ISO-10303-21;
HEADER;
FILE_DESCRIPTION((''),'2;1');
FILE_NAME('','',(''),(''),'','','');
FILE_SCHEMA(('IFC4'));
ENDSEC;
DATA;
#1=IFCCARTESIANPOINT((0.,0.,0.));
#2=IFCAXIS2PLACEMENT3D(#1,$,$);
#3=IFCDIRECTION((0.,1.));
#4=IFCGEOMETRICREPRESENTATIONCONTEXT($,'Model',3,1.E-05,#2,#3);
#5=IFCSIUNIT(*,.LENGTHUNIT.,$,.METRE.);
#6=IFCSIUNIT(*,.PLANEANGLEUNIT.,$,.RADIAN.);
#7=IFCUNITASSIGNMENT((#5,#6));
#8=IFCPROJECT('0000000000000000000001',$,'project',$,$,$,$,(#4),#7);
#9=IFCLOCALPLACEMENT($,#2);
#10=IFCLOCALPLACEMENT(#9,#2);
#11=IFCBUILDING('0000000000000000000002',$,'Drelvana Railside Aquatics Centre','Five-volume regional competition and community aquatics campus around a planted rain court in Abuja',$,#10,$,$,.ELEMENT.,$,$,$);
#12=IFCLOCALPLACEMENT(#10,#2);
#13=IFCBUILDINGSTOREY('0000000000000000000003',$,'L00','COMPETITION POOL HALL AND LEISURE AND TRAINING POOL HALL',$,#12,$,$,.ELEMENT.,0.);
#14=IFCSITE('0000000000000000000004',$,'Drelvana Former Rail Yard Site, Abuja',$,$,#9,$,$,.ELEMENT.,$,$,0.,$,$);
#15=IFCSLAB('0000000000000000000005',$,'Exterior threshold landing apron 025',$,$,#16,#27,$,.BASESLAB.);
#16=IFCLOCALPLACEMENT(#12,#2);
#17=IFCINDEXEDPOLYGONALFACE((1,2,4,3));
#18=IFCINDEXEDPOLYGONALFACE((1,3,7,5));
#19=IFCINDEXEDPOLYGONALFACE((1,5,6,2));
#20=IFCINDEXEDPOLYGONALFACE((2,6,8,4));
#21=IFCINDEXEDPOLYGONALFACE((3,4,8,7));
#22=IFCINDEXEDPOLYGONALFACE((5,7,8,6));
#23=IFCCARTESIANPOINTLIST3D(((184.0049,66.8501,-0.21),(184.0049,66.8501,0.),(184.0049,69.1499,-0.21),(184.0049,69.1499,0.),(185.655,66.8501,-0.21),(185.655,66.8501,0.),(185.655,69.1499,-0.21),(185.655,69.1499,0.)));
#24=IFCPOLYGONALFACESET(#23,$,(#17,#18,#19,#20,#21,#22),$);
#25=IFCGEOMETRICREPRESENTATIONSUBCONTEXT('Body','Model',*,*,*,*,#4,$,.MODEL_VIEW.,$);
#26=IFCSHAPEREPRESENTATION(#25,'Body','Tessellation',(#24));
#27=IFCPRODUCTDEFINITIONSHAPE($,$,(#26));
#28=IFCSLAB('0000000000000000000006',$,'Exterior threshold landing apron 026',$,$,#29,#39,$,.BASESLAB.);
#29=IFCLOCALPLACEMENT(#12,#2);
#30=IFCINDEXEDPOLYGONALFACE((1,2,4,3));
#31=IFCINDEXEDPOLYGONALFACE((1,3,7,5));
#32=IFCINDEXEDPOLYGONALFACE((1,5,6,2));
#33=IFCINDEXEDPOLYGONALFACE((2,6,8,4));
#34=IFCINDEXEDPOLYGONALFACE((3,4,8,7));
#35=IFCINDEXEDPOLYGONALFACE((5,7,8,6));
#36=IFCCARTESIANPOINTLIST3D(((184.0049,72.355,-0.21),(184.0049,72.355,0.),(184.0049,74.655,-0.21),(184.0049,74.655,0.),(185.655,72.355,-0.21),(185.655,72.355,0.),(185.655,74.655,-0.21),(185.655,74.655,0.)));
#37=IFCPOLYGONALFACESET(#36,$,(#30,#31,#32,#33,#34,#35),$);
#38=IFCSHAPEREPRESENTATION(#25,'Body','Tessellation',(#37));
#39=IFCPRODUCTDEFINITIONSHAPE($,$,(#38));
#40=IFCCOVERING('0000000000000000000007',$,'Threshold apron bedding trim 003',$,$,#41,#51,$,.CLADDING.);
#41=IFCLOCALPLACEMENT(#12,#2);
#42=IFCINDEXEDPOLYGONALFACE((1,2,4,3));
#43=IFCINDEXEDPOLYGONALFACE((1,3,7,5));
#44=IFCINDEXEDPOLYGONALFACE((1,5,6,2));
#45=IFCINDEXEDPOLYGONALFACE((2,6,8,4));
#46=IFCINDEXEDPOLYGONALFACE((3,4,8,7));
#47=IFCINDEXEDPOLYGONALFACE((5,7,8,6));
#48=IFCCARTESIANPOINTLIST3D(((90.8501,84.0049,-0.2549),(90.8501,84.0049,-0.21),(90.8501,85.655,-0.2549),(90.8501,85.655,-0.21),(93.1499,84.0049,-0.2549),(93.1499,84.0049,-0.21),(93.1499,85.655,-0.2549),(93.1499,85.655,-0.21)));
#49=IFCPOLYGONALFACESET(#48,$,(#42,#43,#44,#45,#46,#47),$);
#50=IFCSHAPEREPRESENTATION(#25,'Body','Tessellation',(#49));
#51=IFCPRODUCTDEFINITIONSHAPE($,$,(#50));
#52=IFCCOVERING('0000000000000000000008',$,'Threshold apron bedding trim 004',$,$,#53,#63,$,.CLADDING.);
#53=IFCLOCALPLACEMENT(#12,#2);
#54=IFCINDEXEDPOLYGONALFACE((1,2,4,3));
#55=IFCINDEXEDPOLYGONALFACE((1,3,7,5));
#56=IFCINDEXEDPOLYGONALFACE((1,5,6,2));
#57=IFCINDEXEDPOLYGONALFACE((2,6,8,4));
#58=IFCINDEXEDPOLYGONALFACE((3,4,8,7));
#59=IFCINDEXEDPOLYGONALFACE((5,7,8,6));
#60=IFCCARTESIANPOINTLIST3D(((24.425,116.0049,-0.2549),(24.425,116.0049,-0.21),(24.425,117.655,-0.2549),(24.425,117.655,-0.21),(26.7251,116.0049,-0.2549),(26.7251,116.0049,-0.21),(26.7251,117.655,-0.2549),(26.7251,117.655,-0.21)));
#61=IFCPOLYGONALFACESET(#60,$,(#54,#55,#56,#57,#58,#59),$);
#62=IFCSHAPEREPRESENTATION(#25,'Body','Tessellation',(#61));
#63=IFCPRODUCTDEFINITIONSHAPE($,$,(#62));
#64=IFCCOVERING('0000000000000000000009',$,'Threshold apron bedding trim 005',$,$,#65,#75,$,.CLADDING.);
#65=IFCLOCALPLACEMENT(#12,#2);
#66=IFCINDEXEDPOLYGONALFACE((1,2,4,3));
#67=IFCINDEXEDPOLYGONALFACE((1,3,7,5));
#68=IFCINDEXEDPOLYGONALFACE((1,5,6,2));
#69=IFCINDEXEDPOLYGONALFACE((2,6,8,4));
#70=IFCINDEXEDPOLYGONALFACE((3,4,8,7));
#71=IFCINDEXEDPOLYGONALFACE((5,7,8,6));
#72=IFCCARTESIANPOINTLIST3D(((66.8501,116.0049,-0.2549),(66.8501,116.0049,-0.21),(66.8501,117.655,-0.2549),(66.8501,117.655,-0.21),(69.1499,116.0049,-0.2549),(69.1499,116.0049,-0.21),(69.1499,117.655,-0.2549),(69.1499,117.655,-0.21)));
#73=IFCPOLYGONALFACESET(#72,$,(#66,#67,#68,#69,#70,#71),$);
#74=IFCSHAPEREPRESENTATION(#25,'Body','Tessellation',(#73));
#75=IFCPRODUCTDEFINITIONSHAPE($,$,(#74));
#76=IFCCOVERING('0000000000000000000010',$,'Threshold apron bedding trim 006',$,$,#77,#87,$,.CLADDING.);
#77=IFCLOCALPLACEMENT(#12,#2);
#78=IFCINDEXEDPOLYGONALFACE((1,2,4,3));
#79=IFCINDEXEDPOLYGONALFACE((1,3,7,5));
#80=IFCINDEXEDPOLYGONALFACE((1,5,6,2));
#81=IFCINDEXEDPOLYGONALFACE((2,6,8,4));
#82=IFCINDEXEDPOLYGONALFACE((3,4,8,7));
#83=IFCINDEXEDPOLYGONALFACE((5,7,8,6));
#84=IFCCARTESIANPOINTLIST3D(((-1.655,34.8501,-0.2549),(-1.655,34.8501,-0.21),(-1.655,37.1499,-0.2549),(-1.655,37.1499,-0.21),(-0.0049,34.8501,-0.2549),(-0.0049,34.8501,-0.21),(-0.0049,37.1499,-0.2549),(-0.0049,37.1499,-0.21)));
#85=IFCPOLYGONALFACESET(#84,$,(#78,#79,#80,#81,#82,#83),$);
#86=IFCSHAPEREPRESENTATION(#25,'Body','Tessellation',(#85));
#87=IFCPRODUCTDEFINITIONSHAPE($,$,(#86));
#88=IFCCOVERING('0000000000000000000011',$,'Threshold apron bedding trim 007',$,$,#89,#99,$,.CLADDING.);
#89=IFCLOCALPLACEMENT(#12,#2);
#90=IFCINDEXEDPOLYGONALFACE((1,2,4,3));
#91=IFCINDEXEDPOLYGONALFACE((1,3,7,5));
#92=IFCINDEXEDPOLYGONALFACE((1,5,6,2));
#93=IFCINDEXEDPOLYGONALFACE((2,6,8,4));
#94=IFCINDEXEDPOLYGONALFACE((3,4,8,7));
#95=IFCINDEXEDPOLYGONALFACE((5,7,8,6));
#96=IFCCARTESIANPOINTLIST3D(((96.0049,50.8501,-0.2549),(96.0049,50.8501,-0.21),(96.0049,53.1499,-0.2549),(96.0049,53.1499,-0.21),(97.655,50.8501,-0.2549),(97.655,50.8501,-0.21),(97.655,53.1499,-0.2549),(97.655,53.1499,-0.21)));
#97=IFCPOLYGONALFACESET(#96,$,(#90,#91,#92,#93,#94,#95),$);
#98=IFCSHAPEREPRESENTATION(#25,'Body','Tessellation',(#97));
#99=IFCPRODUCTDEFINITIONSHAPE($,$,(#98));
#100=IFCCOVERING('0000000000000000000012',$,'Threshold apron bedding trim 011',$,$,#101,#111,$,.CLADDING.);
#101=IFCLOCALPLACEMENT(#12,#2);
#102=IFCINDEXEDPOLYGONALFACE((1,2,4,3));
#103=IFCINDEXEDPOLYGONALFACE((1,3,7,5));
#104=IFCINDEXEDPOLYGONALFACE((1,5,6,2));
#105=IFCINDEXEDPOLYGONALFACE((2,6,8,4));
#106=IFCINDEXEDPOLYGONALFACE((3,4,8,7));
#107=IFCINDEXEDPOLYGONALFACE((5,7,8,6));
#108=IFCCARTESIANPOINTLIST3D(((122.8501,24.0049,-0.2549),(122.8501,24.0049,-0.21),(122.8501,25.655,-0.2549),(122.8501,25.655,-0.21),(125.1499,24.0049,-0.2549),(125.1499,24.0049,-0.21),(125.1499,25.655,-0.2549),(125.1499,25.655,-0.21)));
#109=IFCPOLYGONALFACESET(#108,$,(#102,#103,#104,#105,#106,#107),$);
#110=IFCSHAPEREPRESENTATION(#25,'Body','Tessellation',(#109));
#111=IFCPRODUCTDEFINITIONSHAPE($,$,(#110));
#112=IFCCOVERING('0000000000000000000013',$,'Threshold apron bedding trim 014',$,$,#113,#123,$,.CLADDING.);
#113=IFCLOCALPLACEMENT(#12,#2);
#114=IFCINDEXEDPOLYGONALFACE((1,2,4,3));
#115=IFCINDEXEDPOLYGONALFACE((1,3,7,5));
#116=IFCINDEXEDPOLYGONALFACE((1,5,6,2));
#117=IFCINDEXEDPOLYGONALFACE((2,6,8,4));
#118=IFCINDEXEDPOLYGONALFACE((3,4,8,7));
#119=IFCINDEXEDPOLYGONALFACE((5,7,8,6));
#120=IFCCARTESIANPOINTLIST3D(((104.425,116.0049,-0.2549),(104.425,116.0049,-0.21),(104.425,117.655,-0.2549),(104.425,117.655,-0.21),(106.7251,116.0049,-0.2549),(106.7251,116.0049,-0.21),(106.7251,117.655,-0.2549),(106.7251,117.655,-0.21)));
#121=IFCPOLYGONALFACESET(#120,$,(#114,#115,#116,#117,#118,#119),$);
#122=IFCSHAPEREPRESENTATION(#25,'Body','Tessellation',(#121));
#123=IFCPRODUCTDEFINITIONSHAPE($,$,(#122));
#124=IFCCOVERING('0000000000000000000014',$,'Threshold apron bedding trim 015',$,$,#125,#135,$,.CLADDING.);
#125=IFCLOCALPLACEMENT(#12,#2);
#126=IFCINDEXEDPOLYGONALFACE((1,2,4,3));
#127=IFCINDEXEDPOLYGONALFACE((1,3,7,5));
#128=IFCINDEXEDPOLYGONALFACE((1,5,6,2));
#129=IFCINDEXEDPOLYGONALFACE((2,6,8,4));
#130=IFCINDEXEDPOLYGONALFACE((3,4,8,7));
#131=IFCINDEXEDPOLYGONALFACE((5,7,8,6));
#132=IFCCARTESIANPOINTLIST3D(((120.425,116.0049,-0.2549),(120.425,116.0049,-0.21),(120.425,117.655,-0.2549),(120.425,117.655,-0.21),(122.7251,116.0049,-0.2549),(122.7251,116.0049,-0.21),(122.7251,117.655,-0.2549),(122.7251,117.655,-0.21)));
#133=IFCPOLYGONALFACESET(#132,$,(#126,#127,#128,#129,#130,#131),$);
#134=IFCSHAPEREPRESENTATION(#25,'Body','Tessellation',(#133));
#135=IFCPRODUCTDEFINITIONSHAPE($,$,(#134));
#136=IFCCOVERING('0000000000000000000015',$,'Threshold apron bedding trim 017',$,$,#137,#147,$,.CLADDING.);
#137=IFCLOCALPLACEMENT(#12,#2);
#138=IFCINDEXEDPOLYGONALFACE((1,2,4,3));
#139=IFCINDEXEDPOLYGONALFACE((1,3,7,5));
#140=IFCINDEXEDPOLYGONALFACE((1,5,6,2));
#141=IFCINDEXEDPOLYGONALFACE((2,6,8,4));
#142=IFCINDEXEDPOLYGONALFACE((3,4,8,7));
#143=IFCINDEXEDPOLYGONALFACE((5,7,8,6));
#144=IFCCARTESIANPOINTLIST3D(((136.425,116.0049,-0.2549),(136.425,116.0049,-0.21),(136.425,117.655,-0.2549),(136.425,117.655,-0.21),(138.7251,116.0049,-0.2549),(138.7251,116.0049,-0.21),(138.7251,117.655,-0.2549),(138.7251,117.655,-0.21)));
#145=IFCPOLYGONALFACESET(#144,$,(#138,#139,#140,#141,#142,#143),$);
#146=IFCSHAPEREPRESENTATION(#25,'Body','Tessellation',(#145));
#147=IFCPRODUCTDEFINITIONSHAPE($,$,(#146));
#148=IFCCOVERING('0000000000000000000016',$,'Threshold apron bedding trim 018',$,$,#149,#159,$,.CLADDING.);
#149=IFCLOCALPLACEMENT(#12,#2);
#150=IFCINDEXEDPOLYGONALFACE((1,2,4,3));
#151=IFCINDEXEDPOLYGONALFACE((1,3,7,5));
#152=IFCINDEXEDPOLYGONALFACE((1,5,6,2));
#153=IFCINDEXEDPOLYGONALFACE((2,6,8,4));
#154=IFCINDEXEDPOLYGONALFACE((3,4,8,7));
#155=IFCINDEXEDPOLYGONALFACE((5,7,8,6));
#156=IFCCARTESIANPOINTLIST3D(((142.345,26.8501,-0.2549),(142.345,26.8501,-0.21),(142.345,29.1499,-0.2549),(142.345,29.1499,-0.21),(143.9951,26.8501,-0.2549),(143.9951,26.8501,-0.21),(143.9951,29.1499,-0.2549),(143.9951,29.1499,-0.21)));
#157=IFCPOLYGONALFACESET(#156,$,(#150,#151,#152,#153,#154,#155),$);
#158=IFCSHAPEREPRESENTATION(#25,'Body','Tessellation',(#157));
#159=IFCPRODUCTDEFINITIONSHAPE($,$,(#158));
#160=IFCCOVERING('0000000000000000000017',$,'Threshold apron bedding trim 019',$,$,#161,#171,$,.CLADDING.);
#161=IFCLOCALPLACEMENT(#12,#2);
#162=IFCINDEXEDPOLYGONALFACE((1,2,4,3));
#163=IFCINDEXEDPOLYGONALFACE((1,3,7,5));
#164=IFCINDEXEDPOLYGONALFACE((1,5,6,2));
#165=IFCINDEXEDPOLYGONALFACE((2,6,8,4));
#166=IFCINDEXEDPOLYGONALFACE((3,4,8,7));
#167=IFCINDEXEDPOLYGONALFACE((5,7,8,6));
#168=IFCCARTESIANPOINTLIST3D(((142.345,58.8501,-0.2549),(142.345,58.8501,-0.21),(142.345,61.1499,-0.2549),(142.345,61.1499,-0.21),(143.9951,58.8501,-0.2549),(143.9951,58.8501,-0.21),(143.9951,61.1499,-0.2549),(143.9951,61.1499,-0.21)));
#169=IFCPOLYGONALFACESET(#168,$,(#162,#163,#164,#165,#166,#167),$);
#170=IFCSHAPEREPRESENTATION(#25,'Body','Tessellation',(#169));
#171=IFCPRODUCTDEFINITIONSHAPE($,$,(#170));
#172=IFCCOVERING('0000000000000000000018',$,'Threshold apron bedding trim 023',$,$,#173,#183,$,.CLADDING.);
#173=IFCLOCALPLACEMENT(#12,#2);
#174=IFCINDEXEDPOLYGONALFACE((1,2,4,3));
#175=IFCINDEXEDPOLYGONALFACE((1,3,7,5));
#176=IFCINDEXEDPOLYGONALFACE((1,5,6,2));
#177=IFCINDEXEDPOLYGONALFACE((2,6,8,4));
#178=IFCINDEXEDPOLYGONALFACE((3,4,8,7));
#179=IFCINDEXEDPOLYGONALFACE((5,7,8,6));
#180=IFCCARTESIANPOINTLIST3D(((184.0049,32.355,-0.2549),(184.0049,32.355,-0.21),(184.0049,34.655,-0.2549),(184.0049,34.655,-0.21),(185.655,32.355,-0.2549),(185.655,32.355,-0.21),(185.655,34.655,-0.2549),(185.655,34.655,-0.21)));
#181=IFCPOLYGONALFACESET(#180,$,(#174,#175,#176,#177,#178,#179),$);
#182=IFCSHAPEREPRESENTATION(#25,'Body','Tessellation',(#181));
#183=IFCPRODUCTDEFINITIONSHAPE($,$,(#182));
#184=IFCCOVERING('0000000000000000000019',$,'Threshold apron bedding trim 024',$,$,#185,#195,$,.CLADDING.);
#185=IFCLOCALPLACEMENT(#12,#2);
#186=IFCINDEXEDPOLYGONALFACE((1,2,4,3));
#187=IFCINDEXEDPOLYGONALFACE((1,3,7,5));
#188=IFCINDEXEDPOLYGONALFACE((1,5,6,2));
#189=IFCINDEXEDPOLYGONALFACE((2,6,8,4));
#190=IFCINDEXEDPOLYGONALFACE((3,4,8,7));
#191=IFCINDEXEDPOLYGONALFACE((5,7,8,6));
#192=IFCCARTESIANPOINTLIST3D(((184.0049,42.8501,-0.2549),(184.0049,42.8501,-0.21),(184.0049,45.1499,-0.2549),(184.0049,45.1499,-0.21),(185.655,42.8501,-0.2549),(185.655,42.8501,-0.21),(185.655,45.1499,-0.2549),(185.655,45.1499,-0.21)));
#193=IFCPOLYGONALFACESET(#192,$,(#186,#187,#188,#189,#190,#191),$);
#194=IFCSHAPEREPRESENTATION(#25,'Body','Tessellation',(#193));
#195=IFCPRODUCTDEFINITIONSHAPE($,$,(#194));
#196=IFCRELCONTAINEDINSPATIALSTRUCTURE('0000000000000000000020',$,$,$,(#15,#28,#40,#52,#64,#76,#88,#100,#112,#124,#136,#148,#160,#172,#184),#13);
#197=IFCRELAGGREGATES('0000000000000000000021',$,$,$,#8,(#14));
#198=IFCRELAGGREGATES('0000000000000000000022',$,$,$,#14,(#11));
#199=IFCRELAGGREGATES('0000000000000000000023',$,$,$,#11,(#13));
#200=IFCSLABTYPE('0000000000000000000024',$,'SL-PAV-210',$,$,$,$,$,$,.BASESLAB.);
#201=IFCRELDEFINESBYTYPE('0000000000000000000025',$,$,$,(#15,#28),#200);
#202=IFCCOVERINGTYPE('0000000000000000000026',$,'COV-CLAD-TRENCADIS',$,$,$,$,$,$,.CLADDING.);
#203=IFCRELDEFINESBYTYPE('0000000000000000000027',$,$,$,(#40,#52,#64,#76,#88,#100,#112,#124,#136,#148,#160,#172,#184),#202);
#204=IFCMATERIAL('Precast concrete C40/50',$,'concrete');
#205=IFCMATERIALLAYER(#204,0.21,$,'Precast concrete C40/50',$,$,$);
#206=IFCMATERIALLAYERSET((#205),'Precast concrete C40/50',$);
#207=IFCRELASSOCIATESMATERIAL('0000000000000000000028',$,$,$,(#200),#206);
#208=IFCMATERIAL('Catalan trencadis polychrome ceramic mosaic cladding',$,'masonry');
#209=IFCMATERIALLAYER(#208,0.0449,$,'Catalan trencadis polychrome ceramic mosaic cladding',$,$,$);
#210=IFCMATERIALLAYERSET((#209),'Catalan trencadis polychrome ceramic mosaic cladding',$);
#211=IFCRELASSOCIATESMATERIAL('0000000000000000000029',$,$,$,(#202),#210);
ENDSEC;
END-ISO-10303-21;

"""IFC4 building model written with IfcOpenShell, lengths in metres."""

from ifc_helpers import new_model, si_unit, direction, frame, origin, place, context, subcontext, project, spatial, polyline, outline, extrude, material, layer, layer_set, type_object, element, save


model = new_model("IFC4")

# Units and contexts
model_context = context("Model", 3, precision=1e-05, world=origin(), true_north=direction((0.0, 1.0)))
body_context = subcontext(model_context, "Body", "Model", "MODEL_VIEW")
ifc_project = project(units=[si_unit("LENGTHUNIT", "METRE"), si_unit("PLANEANGLEUNIT", "RADIAN")], contexts=[model_context])

# Site, building, storey
site_placement = place(None, origin())
site = spatial("IfcSite", under=ifc_project, at=site_placement, Name="Drelvana Former Rail Yard Site, Abuja", CompositionType="ELEMENT", RefElevation=0.0)
building_placement = place(site_placement, origin())
building = spatial("IfcBuilding", under=site, at=building_placement, Name="Drelvana Railside Aquatics Centre", Description="Five-volume regional competition and community aquatics campus around a planted rain court in Abuja", CompositionType="ELEMENT")
storey_placement = place(building_placement, origin())
storey = spatial("IfcBuildingStorey", under=building, at=storey_placement, Name="L00", Description="COMPETITION POOL HALL AND LEISURE AND TRAINING POOL HALL", CompositionType="ELEMENT", Elevation=0.0)

# Slabs
ifc_material_1 = material(Name="Precast concrete C40/50", Category="concrete")
ifc_layer_1 = layer(ifc_material_1, 0.21, Name="Precast concrete C40/50")
ifc_layer_set_1 = layer_set([ifc_layer_1], Name="Precast concrete C40/50")
slab_type_1 = type_object("IfcSlabType", Name="SL-PAV-210", PredefinedType="BASESLAB", material=ifc_layer_set_1)
slab_1_placement = place(storey_placement, frame((0.0, 0.0, -0.21)))
element("IfcSlab", 1, at=slab_1_placement, inside=storey, type_object=slab_type_1, Name="Exterior threshold landing apron 025", PredefinedType="BASESLAB", context=body_context, shape_type="SweptSolid", body=[
    extrude(outline(polyline([(184.0049, 66.8501), (185.655, 66.8501), (185.655, 69.1499), (184.0049, 69.1499), (184.0049, 66.8501)])), origin(), (0.0, 0.0, 1.0), 0.21),
])
slab_2_placement = place(storey_placement, frame((0.0, 0.0, -0.21)))
element("IfcSlab", 2, at=slab_2_placement, inside=storey, type_object=slab_type_1, Name="Exterior threshold landing apron 026", PredefinedType="BASESLAB", context=body_context, shape_type="SweptSolid", body=[
    extrude(outline(polyline([(184.0049, 72.355), (185.655, 72.355), (185.655, 74.655), (184.0049, 74.655), (184.0049, 72.355)])), origin(), (0.0, 0.0, 1.0), 0.21),
])

# Coverings
ifc_material_2 = material(Name="Catalan trencadis polychrome ceramic mosaic cladding", Category="masonry")
ifc_layer_2 = layer(ifc_material_2, 0.0449, Name="Catalan trencadis polychrome ceramic mosaic cladding")
ifc_layer_set_2 = layer_set([ifc_layer_2], Name="Catalan trencadis polychrome ceramic mosaic cladding")
covering_type = type_object("IfcCoveringType", Name="COV-CLAD-TRENCADIS", PredefinedType="CLADDING", material=ifc_layer_set_2)
covering_1_placement = place(storey_placement, frame((0.0, 0.0, -0.2549)))
element("IfcCovering", 3, at=covering_1_placement, inside=storey, type_object=covering_type, Name="Threshold apron bedding trim 003", PredefinedType="CLADDING", context=body_context, shape_type="SweptSolid", body=[
    extrude(outline(polyline([(90.8501, 84.0049), (93.1499, 84.0049), (93.1499, 85.655), (90.8501, 85.655), (90.8501, 84.0049)])), origin(), (0.0, 0.0, 1.0), 0.0449),
])
covering_2_placement = place(storey_placement, frame((0.0, 0.0, -0.2549)))
element("IfcCovering", 4, at=covering_2_placement, inside=storey, type_object=covering_type, Name="Threshold apron bedding trim 004", PredefinedType="CLADDING", context=body_context, shape_type="SweptSolid", body=[
    extrude(outline(polyline([(24.425, 116.0049), (26.7251, 116.0049), (26.7251, 117.655), (24.425, 117.655), (24.425, 116.0049)])), origin(), (0.0, 0.0, 1.0), 0.0449),
])
covering_3_placement = place(storey_placement, frame((0.0, 0.0, -0.2549)))
element("IfcCovering", 5, at=covering_3_placement, inside=storey, type_object=covering_type, Name="Threshold apron bedding trim 005", PredefinedType="CLADDING", context=body_context, shape_type="SweptSolid", body=[
    extrude(outline(polyline([(66.8501, 116.0049), (69.1499, 116.0049), (69.1499, 117.655), (66.8501, 117.655), (66.8501, 116.0049)])), origin(), (0.0, 0.0, 1.0), 0.0449),
])
covering_4_placement = place(storey_placement, frame((0.0, 0.0, -0.2549)))
element("IfcCovering", 6, at=covering_4_placement, inside=storey, type_object=covering_type, Name="Threshold apron bedding trim 006", PredefinedType="CLADDING", context=body_context, shape_type="SweptSolid", body=[
    extrude(outline(polyline([(-1.655, 34.8501), (-0.0049, 34.8501), (-0.0049, 37.1499), (-1.655, 37.1499), (-1.655, 34.8501)])), origin(), (0.0, 0.0, 1.0), 0.0449),
])
covering_5_placement = place(storey_placement, frame((0.0, 0.0, -0.2549)))
element("IfcCovering", 7, at=covering_5_placement, inside=storey, type_object=covering_type, Name="Threshold apron bedding trim 007", PredefinedType="CLADDING", context=body_context, shape_type="SweptSolid", body=[
    extrude(outline(polyline([(96.0049, 50.8501), (97.655, 50.8501), (97.655, 53.1499), (96.0049, 53.1499), (96.0049, 50.8501)])), origin(), (0.0, 0.0, 1.0), 0.0449),
])
covering_6_placement = place(storey_placement, frame((0.0, 0.0, -0.2549)))
element("IfcCovering", 8, at=covering_6_placement, inside=storey, type_object=covering_type, Name="Threshold apron bedding trim 011", PredefinedType="CLADDING", context=body_context, shape_type="SweptSolid", body=[
    extrude(outline(polyline([(122.8501, 24.0049), (125.1499, 24.0049), (125.1499, 25.655), (122.8501, 25.655), (122.8501, 24.0049)])), origin(), (0.0, 0.0, 1.0), 0.0449),
])
covering_7_placement = place(storey_placement, frame((0.0, 0.0, -0.2549)))
element("IfcCovering", 9, at=covering_7_placement, inside=storey, type_object=covering_type, Name="Threshold apron bedding trim 014", PredefinedType="CLADDING", context=body_context, shape_type="SweptSolid", body=[
    extrude(outline(polyline([(104.425, 116.0049), (106.7251, 116.0049), (106.7251, 117.655), (104.425, 117.655), (104.425, 116.0049)])), origin(), (0.0, 0.0, 1.0), 0.0449),
])
covering_8_placement = place(storey_placement, frame((0.0, 0.0, -0.2549)))
element("IfcCovering", 10, at=covering_8_placement, inside=storey, type_object=covering_type, Name="Threshold apron bedding trim 015", PredefinedType="CLADDING", context=body_context, shape_type="SweptSolid", body=[
    extrude(outline(polyline([(120.425, 116.0049), (122.7251, 116.0049), (122.7251, 117.655), (120.425, 117.655), (120.425, 116.0049)])), origin(), (0.0, 0.0, 1.0), 0.0449),
])
covering_9_placement = place(storey_placement, frame((0.0, 0.0, -0.2549)))
element("IfcCovering", 11, at=covering_9_placement, inside=storey, type_object=covering_type, Name="Threshold apron bedding trim 017", PredefinedType="CLADDING", context=body_context, shape_type="SweptSolid", body=[
    extrude(outline(polyline([(136.425, 116.0049), (138.7251, 116.0049), (138.7251, 117.655), (136.425, 117.655), (136.425, 116.0049)])), origin(), (0.0, 0.0, 1.0), 0.0449),
])
covering_10_placement = place(storey_placement, frame((0.0, 0.0, -0.2549)))
element("IfcCovering", 12, at=covering_10_placement, inside=storey, type_object=covering_type, Name="Threshold apron bedding trim 018", PredefinedType="CLADDING", context=body_context, shape_type="SweptSolid", body=[
    extrude(outline(polyline([(142.345, 26.8501), (143.9951, 26.8501), (143.9951, 29.1499), (142.345, 29.1499), (142.345, 26.8501)])), origin(), (0.0, 0.0, 1.0), 0.0449),
])
covering_11_placement = place(storey_placement, frame((0.0, 0.0, -0.2549)))
element("IfcCovering", 13, at=covering_11_placement, inside=storey, type_object=covering_type, Name="Threshold apron bedding trim 019", PredefinedType="CLADDING", context=body_context, shape_type="SweptSolid", body=[
    extrude(outline(polyline([(142.345, 58.8501), (143.9951, 58.8501), (143.9951, 61.1499), (142.345, 61.1499), (142.345, 58.8501)])), origin(), (0.0, 0.0, 1.0), 0.0449),
])
covering_12_placement = place(storey_placement, frame((0.0, 0.0, -0.2549)))
element("IfcCovering", 14, at=covering_12_placement, inside=storey, type_object=covering_type, Name="Threshold apron bedding trim 023", PredefinedType="CLADDING", context=body_context, shape_type="SweptSolid", body=[
    extrude(outline(polyline([(184.0049, 32.355), (185.655, 32.355), (185.655, 34.655), (184.0049, 34.655), (184.0049, 32.355)])), origin(), (0.0, 0.0, 1.0), 0.0449),
])
covering_13_placement = place(storey_placement, frame((0.0, 0.0, -0.2549)))
element("IfcCovering", 15, at=covering_13_placement, inside=storey, type_object=covering_type, Name="Threshold apron bedding trim 024", PredefinedType="CLADDING", context=body_context, shape_type="SweptSolid", body=[
    extrude(outline(polyline([(184.0049, 42.8501), (185.655, 42.8501), (185.655, 45.1499), (184.0049, 45.1499), (184.0049, 42.8501)])), origin(), (0.0, 0.0, 1.0), 0.0449),
])

save(model, "model.ifc")
